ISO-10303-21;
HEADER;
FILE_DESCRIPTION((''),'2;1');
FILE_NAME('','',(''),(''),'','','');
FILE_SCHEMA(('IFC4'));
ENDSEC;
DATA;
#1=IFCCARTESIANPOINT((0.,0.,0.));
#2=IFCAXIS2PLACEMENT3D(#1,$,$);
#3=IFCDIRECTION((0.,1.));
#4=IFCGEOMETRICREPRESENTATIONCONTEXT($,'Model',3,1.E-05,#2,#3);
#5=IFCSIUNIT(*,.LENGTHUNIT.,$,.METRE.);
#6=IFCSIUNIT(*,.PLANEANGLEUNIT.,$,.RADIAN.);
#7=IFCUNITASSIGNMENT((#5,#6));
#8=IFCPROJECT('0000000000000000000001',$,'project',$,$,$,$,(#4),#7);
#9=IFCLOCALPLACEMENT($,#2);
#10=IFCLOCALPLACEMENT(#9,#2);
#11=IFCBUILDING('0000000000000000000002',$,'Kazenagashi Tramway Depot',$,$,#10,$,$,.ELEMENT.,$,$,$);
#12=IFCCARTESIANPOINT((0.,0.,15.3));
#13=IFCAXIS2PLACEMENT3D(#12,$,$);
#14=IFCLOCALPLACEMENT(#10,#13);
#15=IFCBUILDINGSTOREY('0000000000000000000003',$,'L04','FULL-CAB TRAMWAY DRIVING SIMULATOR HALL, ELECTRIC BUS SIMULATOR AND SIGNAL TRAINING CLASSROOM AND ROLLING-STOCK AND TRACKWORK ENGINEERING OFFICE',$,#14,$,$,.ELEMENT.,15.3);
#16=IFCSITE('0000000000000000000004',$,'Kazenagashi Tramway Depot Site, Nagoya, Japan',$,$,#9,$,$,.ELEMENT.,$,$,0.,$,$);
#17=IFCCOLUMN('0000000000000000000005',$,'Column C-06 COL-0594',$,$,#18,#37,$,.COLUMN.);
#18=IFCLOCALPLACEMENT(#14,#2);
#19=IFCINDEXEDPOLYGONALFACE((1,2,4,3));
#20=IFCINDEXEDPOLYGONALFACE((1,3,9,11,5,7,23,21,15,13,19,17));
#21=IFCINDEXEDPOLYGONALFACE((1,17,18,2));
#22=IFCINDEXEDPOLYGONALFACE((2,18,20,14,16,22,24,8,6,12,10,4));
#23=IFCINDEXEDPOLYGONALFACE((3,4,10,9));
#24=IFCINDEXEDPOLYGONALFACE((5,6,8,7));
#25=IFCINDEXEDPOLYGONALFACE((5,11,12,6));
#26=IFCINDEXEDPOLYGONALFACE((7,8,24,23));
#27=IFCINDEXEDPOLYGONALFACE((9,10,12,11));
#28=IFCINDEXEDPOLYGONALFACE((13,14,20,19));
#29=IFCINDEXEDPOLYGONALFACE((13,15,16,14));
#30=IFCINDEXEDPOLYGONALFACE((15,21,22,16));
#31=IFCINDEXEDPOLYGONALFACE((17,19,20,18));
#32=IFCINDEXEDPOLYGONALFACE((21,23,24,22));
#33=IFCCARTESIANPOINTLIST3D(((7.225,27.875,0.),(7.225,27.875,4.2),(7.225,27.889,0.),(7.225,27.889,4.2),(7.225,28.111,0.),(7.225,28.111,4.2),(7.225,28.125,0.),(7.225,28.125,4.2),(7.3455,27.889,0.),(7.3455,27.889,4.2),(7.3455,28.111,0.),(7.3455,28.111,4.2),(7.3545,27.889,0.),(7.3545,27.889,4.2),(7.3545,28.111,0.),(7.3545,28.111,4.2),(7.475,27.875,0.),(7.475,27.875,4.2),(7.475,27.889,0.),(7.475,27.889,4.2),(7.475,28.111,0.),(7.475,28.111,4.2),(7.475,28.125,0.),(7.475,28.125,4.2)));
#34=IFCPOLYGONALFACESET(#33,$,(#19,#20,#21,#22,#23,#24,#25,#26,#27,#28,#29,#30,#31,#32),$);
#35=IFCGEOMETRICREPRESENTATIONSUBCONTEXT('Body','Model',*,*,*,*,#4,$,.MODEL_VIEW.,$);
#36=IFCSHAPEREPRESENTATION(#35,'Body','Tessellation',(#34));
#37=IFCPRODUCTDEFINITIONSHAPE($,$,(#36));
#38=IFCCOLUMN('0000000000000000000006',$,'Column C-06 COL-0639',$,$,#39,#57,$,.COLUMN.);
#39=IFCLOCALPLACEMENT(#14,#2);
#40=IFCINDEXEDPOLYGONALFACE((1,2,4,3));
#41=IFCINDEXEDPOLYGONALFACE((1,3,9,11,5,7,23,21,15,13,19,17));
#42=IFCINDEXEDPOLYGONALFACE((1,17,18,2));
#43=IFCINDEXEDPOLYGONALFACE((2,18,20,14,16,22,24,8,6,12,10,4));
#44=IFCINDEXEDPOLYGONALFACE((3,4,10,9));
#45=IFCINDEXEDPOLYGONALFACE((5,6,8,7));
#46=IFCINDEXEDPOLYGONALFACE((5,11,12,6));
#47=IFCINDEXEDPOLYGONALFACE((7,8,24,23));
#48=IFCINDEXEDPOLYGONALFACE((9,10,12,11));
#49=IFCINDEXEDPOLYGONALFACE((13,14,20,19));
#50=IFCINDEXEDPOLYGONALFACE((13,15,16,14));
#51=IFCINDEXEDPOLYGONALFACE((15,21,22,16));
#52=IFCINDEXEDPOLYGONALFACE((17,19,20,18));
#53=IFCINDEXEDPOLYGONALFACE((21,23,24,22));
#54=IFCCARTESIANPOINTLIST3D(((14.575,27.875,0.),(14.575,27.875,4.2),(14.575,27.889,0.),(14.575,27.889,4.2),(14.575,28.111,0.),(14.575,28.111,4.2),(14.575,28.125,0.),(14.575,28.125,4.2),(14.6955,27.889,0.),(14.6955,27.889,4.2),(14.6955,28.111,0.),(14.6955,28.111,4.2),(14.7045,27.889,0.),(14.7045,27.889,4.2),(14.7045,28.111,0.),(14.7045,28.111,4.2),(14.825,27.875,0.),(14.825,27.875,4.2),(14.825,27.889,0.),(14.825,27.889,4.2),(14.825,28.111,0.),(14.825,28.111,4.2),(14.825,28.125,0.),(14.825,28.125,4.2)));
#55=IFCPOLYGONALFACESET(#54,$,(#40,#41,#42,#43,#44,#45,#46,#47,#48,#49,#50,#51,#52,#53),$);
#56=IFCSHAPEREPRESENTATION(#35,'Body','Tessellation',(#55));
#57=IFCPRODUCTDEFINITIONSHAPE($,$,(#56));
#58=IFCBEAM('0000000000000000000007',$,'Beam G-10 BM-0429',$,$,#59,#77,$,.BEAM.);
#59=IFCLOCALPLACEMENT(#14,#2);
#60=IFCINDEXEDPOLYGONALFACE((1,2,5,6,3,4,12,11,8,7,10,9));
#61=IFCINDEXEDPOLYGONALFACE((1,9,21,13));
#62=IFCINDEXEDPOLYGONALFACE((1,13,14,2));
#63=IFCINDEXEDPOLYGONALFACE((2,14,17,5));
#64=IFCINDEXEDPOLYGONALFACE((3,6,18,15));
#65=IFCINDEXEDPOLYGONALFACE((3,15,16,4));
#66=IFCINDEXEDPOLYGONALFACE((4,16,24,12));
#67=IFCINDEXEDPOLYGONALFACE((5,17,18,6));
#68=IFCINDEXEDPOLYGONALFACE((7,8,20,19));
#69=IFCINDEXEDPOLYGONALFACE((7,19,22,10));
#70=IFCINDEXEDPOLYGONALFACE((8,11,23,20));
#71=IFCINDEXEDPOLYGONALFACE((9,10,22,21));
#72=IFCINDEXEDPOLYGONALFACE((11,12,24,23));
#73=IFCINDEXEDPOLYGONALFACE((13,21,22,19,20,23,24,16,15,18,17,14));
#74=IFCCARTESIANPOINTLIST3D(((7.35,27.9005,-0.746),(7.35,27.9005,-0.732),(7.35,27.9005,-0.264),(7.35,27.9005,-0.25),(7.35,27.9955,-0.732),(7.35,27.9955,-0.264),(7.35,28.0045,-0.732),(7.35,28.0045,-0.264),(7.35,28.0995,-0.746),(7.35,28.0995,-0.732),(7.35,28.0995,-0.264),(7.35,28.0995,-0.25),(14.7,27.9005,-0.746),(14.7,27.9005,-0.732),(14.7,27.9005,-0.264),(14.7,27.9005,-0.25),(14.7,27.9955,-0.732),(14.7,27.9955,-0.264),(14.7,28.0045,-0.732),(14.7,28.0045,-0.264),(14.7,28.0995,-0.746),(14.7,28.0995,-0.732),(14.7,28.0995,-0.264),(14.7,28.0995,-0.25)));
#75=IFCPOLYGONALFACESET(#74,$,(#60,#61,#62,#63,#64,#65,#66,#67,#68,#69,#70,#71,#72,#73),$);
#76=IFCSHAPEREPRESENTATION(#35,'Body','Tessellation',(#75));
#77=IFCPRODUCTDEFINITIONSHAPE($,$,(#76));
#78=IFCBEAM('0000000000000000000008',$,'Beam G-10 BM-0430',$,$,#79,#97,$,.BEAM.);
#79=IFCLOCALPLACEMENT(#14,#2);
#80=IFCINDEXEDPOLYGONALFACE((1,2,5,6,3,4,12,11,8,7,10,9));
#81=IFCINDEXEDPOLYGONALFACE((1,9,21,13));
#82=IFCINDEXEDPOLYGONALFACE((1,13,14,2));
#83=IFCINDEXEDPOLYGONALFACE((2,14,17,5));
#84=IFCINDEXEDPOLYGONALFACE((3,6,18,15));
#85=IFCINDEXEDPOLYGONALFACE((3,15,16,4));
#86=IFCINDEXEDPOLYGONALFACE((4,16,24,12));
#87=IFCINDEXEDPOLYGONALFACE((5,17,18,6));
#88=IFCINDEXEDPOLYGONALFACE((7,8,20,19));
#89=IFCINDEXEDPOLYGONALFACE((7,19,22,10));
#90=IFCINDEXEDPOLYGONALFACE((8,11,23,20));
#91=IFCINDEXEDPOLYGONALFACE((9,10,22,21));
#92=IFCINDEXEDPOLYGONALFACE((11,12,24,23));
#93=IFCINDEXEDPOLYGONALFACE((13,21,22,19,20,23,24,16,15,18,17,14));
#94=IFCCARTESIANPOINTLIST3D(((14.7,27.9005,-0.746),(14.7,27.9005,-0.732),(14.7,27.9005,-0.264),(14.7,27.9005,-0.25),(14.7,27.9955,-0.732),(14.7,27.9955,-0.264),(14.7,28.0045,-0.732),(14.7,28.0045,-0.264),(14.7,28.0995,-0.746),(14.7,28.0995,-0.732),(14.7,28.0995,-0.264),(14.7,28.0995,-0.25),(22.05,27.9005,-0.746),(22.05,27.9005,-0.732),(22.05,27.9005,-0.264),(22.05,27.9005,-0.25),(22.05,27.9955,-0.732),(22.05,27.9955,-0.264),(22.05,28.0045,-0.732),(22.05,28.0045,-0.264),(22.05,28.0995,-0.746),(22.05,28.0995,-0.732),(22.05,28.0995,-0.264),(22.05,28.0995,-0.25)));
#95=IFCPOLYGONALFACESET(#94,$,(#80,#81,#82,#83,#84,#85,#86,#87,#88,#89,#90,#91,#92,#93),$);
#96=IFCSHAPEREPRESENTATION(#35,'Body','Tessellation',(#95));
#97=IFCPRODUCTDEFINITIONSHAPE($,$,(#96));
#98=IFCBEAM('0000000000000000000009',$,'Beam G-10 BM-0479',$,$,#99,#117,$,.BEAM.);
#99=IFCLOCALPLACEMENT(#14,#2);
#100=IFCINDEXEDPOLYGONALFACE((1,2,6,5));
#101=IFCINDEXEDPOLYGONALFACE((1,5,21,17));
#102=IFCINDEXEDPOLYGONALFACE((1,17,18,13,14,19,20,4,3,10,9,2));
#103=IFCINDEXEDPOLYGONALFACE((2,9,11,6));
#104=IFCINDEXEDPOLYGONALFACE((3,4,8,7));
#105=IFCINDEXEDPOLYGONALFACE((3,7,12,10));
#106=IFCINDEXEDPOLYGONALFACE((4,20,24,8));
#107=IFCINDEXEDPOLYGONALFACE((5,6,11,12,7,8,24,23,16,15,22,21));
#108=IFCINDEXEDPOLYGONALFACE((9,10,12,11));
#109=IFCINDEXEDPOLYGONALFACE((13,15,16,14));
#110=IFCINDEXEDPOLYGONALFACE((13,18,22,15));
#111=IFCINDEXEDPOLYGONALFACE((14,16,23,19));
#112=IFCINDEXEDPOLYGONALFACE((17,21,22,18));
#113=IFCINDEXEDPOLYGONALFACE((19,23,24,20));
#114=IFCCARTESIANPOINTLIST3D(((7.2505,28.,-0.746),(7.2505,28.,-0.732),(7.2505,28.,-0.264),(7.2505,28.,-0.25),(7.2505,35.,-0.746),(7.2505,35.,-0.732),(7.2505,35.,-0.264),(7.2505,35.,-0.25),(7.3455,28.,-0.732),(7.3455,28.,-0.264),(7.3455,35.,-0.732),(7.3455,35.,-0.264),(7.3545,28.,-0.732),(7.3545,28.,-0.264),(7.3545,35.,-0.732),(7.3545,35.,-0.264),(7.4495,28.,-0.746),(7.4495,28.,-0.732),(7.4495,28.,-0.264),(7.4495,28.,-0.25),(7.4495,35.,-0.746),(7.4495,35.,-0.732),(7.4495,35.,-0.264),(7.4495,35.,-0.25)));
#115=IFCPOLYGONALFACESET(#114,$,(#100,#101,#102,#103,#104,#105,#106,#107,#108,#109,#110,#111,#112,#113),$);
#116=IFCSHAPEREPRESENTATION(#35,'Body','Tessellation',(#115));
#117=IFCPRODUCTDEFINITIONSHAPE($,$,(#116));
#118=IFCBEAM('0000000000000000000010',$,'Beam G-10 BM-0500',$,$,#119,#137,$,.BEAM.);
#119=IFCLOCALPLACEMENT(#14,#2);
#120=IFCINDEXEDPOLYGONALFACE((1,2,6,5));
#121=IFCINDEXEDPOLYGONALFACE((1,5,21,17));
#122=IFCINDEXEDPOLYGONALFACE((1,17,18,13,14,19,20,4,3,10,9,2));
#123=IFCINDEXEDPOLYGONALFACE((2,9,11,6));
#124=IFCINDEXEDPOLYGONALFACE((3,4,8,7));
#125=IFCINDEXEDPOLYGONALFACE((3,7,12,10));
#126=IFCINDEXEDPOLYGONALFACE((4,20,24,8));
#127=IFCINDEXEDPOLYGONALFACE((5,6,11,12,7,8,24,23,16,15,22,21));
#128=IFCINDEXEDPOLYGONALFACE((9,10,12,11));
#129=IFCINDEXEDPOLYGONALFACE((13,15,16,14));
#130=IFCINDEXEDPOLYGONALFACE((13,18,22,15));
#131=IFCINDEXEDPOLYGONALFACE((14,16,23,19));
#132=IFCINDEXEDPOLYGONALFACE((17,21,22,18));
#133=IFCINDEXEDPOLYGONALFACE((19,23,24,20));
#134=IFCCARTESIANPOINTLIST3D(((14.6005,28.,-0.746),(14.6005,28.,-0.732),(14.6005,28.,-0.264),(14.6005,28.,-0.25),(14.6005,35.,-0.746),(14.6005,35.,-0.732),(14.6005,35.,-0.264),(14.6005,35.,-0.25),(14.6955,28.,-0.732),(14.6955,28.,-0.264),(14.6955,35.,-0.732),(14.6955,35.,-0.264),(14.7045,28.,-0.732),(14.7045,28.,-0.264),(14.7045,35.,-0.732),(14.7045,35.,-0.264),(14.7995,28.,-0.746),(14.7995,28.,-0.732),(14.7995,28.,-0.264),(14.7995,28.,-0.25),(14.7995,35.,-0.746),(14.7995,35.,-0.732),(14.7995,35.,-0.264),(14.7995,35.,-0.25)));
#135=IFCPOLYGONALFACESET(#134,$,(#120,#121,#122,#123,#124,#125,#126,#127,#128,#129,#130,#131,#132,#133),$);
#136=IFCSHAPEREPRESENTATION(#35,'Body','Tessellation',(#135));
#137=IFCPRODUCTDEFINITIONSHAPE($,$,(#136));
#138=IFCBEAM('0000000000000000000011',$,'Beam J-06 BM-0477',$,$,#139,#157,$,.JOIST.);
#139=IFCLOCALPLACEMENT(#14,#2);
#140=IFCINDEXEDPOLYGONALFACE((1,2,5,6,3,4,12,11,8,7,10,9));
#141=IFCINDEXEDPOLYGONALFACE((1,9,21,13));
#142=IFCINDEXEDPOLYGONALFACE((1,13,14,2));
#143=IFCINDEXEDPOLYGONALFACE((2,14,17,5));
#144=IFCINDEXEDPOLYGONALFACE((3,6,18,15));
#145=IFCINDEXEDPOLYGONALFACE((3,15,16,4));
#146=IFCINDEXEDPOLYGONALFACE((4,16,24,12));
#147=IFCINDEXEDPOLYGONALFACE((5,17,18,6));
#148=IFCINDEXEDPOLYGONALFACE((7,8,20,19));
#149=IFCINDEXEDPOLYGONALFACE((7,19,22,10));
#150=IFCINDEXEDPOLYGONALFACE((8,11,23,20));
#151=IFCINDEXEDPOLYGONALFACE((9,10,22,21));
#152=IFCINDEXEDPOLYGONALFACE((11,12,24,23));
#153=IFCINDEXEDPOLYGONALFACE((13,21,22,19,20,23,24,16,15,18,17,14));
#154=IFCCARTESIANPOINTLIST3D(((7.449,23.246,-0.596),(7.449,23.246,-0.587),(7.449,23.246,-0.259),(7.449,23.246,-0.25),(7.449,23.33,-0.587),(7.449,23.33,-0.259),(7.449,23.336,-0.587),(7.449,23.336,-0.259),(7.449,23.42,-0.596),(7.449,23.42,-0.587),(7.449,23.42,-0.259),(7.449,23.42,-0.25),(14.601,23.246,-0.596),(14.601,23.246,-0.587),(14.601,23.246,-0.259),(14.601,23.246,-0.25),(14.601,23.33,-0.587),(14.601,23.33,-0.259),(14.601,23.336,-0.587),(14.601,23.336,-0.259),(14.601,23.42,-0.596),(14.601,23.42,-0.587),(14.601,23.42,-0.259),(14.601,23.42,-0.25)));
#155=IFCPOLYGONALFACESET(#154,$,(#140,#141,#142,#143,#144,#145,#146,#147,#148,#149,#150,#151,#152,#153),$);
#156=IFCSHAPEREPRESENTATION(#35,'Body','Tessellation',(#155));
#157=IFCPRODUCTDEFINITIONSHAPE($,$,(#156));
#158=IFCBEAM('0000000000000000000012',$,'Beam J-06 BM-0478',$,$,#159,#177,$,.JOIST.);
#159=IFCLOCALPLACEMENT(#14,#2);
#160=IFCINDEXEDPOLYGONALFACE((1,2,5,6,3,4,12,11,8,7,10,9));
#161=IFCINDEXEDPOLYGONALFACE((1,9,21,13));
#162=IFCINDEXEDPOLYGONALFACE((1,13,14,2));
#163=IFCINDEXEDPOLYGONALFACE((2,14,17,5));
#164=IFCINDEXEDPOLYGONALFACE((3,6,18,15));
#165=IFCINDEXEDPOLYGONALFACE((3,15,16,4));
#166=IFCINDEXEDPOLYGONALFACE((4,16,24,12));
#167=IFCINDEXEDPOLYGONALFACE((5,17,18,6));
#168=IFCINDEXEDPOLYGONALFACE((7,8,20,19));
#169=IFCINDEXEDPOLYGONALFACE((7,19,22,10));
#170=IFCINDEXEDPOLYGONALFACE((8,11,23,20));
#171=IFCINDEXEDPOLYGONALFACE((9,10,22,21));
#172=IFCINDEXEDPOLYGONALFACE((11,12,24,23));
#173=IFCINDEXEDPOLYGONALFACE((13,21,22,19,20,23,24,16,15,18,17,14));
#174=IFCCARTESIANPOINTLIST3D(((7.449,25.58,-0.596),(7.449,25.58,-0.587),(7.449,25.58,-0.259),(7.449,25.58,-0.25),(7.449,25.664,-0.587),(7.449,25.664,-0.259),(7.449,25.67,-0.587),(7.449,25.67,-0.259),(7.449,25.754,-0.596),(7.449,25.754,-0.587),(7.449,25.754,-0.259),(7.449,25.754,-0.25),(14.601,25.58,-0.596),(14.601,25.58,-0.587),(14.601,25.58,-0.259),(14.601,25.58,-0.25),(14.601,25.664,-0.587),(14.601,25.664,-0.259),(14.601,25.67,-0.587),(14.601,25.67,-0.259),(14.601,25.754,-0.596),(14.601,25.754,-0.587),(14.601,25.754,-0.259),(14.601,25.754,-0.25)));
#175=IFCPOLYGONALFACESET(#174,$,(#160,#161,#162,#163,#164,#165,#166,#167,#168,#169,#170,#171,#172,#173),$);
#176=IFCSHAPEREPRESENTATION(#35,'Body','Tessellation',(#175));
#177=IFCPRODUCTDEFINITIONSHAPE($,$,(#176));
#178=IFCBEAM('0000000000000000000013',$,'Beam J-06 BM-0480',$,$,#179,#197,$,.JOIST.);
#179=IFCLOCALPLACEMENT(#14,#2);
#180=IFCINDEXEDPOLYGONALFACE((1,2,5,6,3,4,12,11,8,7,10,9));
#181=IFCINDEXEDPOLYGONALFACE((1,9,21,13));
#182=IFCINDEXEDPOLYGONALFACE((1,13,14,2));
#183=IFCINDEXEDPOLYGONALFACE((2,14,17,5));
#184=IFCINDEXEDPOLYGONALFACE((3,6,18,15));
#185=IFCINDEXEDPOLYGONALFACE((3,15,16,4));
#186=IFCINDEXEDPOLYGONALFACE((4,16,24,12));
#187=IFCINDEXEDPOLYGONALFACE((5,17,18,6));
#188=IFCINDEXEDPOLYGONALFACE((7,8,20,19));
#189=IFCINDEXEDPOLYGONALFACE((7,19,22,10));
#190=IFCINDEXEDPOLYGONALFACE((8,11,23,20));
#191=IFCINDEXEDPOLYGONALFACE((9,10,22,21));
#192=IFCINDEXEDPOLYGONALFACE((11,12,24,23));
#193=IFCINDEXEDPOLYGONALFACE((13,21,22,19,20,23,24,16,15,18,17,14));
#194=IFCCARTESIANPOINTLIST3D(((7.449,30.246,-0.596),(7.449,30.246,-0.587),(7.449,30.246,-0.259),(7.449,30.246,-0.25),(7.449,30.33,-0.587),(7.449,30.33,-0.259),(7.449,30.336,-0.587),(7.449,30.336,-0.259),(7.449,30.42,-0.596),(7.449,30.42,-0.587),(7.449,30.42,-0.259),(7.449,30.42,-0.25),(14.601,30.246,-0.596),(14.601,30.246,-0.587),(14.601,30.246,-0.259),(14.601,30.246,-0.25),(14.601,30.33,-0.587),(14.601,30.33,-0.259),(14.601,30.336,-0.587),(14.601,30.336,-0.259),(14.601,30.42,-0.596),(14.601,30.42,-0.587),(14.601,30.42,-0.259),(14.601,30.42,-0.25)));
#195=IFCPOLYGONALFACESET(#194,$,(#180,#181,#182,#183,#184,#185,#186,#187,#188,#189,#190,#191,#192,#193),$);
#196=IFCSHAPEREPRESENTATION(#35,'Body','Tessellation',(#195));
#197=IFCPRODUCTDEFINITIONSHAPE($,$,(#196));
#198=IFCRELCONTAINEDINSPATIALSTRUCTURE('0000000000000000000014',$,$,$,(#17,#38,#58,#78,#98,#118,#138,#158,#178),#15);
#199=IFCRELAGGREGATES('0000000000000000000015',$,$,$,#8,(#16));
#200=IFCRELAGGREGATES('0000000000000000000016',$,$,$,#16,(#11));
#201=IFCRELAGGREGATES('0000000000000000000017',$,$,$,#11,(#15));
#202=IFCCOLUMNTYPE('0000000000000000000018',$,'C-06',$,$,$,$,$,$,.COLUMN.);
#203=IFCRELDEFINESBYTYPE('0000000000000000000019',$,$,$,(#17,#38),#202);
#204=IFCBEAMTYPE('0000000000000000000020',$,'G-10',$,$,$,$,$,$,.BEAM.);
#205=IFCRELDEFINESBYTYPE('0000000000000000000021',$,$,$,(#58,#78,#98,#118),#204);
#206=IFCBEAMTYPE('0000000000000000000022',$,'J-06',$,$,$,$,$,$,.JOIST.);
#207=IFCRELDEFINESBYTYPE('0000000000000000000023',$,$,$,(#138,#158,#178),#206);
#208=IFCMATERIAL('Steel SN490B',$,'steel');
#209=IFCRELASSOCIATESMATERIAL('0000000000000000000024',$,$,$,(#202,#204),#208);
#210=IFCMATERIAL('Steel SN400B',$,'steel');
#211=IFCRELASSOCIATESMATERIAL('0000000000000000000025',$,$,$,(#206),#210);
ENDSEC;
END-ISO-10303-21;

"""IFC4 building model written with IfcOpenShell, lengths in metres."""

from ifc_helpers import new_model, si_unit, direction, frame, origin, origin_2d, place, context, subcontext, project, spatial, i_section, extrude, material, material_profile, profile_set, type_object, element, save


model = new_model("IFC4")

# Units and contexts
model_context = context("Model", 3, precision=1e-05, world=origin(), true_north=direction((0.0, 1.0)))
body_context = subcontext(model_context, "Body", "Model", "MODEL_VIEW")
ifc_project = project(units=[si_unit("LENGTHUNIT", "METRE"), si_unit("PLANEANGLEUNIT", "RADIAN")], contexts=[model_context])

# Site, building, storey
site_placement = place(None, origin())
site = spatial("IfcSite", under=ifc_project, at=site_placement, Name="Kazenagashi Tramway Depot Site, Nagoya, Japan", CompositionType="ELEMENT", RefElevation=0.0)
building_placement = place(site_placement, origin())
building = spatial("IfcBuilding", under=site, at=building_placement, Name="Kazenagashi Tramway Depot", CompositionType="ELEMENT")
storey_placement = place(building_placement, frame((0.0, 0.0, 15.3)))
storey = spatial("IfcBuildingStorey", under=building, at=storey_placement, Name="L04", Description="FULL-CAB TRAMWAY DRIVING SIMULATOR HALL, ELECTRIC BUS SIMULATOR AND SIGNAL TRAINING CLASSROOM AND ROLLING-STOCK AND TRACKWORK ENGINEERING OFFICE", CompositionType="ELEMENT", Elevation=15.3)

# Columns
ifc_material_1 = material(Name="Steel SN490B", Category="steel")
ifc_material_profile_1 = material_profile(ifc_material_1, i_section(OverallWidth=0.25, OverallDepth=0.25, WebThickness=0.009, FlangeThickness=0.014, at=origin_2d()), Name="H-250x250x9x14")
ifc_profile_set_1 = profile_set([ifc_material_profile_1], Name="Steel SN490B")
column_type = type_object("IfcColumnType", Name="C-06", PredefinedType="COLUMN", material=ifc_profile_set_1)
for number, where, z_axis, x_axis, name in (
    (1, (7.35, 28.0, 0.0), (0.0, 0.0, 1.0), (1.0, 0.0, 0.0), "Column C-06 COL-0594"),
    (2, (14.7, 28.0, 0.0), (0.0, 0.0, 1.0), (1.0, 0.0, 0.0), "Column C-06 COL-0639"),
):
    element("IfcColumn", number, at=place(storey_placement, frame(where, z_axis=z_axis, x_axis=x_axis)), inside=storey, type_object=column_type, Name=name, PredefinedType="COLUMN", context=body_context, shape_type="SweptSolid", body=[
        extrude(i_section(OverallWidth=0.25, OverallDepth=0.25, WebThickness=0.009, FlangeThickness=0.014, at=origin_2d()), origin(), (0.0, 0.0, 1.0), 4.2),
    ])

# Beams
ifc_material_profile_2 = material_profile(ifc_material_1, i_section(OverallWidth=0.199, OverallDepth=0.496, WebThickness=0.009, FlangeThickness=0.014, at=origin_2d()), Name="H-496x199x9x14")
ifc_profile_set_2 = profile_set([ifc_material_profile_2], Name="Steel SN490B")
beam_type_1 = type_object("IfcBeamType", Name="G-10", PredefinedType="BEAM", material=ifc_profile_set_2)
for number, where, z_axis, x_axis, name in (
    (3, (7.35, 28.0, -0.498), (1.0, 0.0, 0.0), (0.0, 1.0, 0.0), "Beam G-10 BM-0429"),
    (4, (14.7, 28.0, -0.498), (1.0, 0.0, 0.0), (0.0, 1.0, 0.0), "Beam G-10 BM-0430"),
):
    element("IfcBeam", number, at=place(storey_placement, frame(where, z_axis=z_axis, x_axis=x_axis)), inside=storey, type_object=beam_type_1, Name=name, PredefinedType="BEAM", context=body_context, shape_type="SweptSolid", body=[
        extrude(i_section(OverallWidth=0.199, OverallDepth=0.496, WebThickness=0.009, FlangeThickness=0.014, at=origin_2d()), origin(), (0.0, 0.0, 1.0), 7.35),
    ])
for number, where, z_axis, x_axis, name in (
    (5, (7.35, 28.0, -0.498), (0.0, 1.0, 0.0), (-1.0, 0.0, 0.0), "Beam G-10 BM-0479"),
    (6, (14.7, 28.0, -0.498), (0.0, 1.0, 0.0), (-1.0, 0.0, 0.0), "Beam G-10 BM-0500"),
):
    element("IfcBeam", number, at=place(storey_placement, frame(where, z_axis=z_axis, x_axis=x_axis)), inside=storey, type_object=beam_type_1, Name=name, PredefinedType="BEAM", context=body_context, shape_type="SweptSolid", body=[
        extrude(i_section(OverallWidth=0.199, OverallDepth=0.496, WebThickness=0.009, FlangeThickness=0.014, at=origin_2d()), origin(), (0.0, 0.0, 1.0), 7.0),
    ])
ifc_material_2 = material(Name="Steel SN400B", Category="steel")
ifc_material_profile_3 = material_profile(ifc_material_2, i_section(OverallWidth=0.174, OverallDepth=0.346, WebThickness=0.006, FlangeThickness=0.009, at=origin_2d()), Name="H-346x174x6x9")
ifc_profile_set_3 = profile_set([ifc_material_profile_3], Name="Steel SN400B")
beam_type_2 = type_object("IfcBeamType", Name="J-06", PredefinedType="JOIST", material=ifc_profile_set_3)
for number, where, z_axis, x_axis, name in (
    (7, (7.449, 23.333, -0.423), (1.0, 0.0, 0.0), (0.0, 1.0, 0.0), "Beam J-06 BM-0477"),
    (8, (7.449, 25.667, -0.423), (1.0, 0.0, 0.0), (0.0, 1.0, 0.0), "Beam J-06 BM-0478"),
    (9, (7.449, 30.333, -0.423), (1.0, 0.0, 0.0), (0.0, 1.0, 0.0), "Beam J-06 BM-0480"),
):
    element("IfcBeam", number, at=place(storey_placement, frame(where, z_axis=z_axis, x_axis=x_axis)), inside=storey, type_object=beam_type_2, Name=name, PredefinedType="JOIST", context=body_context, shape_type="SweptSolid", body=[
        extrude(i_section(OverallWidth=0.174, OverallDepth=0.346, WebThickness=0.006, FlangeThickness=0.009, at=origin_2d()), origin(), (0.0, 0.0, 1.0), 7.152),
    ])

save(model, "model.ifc")
